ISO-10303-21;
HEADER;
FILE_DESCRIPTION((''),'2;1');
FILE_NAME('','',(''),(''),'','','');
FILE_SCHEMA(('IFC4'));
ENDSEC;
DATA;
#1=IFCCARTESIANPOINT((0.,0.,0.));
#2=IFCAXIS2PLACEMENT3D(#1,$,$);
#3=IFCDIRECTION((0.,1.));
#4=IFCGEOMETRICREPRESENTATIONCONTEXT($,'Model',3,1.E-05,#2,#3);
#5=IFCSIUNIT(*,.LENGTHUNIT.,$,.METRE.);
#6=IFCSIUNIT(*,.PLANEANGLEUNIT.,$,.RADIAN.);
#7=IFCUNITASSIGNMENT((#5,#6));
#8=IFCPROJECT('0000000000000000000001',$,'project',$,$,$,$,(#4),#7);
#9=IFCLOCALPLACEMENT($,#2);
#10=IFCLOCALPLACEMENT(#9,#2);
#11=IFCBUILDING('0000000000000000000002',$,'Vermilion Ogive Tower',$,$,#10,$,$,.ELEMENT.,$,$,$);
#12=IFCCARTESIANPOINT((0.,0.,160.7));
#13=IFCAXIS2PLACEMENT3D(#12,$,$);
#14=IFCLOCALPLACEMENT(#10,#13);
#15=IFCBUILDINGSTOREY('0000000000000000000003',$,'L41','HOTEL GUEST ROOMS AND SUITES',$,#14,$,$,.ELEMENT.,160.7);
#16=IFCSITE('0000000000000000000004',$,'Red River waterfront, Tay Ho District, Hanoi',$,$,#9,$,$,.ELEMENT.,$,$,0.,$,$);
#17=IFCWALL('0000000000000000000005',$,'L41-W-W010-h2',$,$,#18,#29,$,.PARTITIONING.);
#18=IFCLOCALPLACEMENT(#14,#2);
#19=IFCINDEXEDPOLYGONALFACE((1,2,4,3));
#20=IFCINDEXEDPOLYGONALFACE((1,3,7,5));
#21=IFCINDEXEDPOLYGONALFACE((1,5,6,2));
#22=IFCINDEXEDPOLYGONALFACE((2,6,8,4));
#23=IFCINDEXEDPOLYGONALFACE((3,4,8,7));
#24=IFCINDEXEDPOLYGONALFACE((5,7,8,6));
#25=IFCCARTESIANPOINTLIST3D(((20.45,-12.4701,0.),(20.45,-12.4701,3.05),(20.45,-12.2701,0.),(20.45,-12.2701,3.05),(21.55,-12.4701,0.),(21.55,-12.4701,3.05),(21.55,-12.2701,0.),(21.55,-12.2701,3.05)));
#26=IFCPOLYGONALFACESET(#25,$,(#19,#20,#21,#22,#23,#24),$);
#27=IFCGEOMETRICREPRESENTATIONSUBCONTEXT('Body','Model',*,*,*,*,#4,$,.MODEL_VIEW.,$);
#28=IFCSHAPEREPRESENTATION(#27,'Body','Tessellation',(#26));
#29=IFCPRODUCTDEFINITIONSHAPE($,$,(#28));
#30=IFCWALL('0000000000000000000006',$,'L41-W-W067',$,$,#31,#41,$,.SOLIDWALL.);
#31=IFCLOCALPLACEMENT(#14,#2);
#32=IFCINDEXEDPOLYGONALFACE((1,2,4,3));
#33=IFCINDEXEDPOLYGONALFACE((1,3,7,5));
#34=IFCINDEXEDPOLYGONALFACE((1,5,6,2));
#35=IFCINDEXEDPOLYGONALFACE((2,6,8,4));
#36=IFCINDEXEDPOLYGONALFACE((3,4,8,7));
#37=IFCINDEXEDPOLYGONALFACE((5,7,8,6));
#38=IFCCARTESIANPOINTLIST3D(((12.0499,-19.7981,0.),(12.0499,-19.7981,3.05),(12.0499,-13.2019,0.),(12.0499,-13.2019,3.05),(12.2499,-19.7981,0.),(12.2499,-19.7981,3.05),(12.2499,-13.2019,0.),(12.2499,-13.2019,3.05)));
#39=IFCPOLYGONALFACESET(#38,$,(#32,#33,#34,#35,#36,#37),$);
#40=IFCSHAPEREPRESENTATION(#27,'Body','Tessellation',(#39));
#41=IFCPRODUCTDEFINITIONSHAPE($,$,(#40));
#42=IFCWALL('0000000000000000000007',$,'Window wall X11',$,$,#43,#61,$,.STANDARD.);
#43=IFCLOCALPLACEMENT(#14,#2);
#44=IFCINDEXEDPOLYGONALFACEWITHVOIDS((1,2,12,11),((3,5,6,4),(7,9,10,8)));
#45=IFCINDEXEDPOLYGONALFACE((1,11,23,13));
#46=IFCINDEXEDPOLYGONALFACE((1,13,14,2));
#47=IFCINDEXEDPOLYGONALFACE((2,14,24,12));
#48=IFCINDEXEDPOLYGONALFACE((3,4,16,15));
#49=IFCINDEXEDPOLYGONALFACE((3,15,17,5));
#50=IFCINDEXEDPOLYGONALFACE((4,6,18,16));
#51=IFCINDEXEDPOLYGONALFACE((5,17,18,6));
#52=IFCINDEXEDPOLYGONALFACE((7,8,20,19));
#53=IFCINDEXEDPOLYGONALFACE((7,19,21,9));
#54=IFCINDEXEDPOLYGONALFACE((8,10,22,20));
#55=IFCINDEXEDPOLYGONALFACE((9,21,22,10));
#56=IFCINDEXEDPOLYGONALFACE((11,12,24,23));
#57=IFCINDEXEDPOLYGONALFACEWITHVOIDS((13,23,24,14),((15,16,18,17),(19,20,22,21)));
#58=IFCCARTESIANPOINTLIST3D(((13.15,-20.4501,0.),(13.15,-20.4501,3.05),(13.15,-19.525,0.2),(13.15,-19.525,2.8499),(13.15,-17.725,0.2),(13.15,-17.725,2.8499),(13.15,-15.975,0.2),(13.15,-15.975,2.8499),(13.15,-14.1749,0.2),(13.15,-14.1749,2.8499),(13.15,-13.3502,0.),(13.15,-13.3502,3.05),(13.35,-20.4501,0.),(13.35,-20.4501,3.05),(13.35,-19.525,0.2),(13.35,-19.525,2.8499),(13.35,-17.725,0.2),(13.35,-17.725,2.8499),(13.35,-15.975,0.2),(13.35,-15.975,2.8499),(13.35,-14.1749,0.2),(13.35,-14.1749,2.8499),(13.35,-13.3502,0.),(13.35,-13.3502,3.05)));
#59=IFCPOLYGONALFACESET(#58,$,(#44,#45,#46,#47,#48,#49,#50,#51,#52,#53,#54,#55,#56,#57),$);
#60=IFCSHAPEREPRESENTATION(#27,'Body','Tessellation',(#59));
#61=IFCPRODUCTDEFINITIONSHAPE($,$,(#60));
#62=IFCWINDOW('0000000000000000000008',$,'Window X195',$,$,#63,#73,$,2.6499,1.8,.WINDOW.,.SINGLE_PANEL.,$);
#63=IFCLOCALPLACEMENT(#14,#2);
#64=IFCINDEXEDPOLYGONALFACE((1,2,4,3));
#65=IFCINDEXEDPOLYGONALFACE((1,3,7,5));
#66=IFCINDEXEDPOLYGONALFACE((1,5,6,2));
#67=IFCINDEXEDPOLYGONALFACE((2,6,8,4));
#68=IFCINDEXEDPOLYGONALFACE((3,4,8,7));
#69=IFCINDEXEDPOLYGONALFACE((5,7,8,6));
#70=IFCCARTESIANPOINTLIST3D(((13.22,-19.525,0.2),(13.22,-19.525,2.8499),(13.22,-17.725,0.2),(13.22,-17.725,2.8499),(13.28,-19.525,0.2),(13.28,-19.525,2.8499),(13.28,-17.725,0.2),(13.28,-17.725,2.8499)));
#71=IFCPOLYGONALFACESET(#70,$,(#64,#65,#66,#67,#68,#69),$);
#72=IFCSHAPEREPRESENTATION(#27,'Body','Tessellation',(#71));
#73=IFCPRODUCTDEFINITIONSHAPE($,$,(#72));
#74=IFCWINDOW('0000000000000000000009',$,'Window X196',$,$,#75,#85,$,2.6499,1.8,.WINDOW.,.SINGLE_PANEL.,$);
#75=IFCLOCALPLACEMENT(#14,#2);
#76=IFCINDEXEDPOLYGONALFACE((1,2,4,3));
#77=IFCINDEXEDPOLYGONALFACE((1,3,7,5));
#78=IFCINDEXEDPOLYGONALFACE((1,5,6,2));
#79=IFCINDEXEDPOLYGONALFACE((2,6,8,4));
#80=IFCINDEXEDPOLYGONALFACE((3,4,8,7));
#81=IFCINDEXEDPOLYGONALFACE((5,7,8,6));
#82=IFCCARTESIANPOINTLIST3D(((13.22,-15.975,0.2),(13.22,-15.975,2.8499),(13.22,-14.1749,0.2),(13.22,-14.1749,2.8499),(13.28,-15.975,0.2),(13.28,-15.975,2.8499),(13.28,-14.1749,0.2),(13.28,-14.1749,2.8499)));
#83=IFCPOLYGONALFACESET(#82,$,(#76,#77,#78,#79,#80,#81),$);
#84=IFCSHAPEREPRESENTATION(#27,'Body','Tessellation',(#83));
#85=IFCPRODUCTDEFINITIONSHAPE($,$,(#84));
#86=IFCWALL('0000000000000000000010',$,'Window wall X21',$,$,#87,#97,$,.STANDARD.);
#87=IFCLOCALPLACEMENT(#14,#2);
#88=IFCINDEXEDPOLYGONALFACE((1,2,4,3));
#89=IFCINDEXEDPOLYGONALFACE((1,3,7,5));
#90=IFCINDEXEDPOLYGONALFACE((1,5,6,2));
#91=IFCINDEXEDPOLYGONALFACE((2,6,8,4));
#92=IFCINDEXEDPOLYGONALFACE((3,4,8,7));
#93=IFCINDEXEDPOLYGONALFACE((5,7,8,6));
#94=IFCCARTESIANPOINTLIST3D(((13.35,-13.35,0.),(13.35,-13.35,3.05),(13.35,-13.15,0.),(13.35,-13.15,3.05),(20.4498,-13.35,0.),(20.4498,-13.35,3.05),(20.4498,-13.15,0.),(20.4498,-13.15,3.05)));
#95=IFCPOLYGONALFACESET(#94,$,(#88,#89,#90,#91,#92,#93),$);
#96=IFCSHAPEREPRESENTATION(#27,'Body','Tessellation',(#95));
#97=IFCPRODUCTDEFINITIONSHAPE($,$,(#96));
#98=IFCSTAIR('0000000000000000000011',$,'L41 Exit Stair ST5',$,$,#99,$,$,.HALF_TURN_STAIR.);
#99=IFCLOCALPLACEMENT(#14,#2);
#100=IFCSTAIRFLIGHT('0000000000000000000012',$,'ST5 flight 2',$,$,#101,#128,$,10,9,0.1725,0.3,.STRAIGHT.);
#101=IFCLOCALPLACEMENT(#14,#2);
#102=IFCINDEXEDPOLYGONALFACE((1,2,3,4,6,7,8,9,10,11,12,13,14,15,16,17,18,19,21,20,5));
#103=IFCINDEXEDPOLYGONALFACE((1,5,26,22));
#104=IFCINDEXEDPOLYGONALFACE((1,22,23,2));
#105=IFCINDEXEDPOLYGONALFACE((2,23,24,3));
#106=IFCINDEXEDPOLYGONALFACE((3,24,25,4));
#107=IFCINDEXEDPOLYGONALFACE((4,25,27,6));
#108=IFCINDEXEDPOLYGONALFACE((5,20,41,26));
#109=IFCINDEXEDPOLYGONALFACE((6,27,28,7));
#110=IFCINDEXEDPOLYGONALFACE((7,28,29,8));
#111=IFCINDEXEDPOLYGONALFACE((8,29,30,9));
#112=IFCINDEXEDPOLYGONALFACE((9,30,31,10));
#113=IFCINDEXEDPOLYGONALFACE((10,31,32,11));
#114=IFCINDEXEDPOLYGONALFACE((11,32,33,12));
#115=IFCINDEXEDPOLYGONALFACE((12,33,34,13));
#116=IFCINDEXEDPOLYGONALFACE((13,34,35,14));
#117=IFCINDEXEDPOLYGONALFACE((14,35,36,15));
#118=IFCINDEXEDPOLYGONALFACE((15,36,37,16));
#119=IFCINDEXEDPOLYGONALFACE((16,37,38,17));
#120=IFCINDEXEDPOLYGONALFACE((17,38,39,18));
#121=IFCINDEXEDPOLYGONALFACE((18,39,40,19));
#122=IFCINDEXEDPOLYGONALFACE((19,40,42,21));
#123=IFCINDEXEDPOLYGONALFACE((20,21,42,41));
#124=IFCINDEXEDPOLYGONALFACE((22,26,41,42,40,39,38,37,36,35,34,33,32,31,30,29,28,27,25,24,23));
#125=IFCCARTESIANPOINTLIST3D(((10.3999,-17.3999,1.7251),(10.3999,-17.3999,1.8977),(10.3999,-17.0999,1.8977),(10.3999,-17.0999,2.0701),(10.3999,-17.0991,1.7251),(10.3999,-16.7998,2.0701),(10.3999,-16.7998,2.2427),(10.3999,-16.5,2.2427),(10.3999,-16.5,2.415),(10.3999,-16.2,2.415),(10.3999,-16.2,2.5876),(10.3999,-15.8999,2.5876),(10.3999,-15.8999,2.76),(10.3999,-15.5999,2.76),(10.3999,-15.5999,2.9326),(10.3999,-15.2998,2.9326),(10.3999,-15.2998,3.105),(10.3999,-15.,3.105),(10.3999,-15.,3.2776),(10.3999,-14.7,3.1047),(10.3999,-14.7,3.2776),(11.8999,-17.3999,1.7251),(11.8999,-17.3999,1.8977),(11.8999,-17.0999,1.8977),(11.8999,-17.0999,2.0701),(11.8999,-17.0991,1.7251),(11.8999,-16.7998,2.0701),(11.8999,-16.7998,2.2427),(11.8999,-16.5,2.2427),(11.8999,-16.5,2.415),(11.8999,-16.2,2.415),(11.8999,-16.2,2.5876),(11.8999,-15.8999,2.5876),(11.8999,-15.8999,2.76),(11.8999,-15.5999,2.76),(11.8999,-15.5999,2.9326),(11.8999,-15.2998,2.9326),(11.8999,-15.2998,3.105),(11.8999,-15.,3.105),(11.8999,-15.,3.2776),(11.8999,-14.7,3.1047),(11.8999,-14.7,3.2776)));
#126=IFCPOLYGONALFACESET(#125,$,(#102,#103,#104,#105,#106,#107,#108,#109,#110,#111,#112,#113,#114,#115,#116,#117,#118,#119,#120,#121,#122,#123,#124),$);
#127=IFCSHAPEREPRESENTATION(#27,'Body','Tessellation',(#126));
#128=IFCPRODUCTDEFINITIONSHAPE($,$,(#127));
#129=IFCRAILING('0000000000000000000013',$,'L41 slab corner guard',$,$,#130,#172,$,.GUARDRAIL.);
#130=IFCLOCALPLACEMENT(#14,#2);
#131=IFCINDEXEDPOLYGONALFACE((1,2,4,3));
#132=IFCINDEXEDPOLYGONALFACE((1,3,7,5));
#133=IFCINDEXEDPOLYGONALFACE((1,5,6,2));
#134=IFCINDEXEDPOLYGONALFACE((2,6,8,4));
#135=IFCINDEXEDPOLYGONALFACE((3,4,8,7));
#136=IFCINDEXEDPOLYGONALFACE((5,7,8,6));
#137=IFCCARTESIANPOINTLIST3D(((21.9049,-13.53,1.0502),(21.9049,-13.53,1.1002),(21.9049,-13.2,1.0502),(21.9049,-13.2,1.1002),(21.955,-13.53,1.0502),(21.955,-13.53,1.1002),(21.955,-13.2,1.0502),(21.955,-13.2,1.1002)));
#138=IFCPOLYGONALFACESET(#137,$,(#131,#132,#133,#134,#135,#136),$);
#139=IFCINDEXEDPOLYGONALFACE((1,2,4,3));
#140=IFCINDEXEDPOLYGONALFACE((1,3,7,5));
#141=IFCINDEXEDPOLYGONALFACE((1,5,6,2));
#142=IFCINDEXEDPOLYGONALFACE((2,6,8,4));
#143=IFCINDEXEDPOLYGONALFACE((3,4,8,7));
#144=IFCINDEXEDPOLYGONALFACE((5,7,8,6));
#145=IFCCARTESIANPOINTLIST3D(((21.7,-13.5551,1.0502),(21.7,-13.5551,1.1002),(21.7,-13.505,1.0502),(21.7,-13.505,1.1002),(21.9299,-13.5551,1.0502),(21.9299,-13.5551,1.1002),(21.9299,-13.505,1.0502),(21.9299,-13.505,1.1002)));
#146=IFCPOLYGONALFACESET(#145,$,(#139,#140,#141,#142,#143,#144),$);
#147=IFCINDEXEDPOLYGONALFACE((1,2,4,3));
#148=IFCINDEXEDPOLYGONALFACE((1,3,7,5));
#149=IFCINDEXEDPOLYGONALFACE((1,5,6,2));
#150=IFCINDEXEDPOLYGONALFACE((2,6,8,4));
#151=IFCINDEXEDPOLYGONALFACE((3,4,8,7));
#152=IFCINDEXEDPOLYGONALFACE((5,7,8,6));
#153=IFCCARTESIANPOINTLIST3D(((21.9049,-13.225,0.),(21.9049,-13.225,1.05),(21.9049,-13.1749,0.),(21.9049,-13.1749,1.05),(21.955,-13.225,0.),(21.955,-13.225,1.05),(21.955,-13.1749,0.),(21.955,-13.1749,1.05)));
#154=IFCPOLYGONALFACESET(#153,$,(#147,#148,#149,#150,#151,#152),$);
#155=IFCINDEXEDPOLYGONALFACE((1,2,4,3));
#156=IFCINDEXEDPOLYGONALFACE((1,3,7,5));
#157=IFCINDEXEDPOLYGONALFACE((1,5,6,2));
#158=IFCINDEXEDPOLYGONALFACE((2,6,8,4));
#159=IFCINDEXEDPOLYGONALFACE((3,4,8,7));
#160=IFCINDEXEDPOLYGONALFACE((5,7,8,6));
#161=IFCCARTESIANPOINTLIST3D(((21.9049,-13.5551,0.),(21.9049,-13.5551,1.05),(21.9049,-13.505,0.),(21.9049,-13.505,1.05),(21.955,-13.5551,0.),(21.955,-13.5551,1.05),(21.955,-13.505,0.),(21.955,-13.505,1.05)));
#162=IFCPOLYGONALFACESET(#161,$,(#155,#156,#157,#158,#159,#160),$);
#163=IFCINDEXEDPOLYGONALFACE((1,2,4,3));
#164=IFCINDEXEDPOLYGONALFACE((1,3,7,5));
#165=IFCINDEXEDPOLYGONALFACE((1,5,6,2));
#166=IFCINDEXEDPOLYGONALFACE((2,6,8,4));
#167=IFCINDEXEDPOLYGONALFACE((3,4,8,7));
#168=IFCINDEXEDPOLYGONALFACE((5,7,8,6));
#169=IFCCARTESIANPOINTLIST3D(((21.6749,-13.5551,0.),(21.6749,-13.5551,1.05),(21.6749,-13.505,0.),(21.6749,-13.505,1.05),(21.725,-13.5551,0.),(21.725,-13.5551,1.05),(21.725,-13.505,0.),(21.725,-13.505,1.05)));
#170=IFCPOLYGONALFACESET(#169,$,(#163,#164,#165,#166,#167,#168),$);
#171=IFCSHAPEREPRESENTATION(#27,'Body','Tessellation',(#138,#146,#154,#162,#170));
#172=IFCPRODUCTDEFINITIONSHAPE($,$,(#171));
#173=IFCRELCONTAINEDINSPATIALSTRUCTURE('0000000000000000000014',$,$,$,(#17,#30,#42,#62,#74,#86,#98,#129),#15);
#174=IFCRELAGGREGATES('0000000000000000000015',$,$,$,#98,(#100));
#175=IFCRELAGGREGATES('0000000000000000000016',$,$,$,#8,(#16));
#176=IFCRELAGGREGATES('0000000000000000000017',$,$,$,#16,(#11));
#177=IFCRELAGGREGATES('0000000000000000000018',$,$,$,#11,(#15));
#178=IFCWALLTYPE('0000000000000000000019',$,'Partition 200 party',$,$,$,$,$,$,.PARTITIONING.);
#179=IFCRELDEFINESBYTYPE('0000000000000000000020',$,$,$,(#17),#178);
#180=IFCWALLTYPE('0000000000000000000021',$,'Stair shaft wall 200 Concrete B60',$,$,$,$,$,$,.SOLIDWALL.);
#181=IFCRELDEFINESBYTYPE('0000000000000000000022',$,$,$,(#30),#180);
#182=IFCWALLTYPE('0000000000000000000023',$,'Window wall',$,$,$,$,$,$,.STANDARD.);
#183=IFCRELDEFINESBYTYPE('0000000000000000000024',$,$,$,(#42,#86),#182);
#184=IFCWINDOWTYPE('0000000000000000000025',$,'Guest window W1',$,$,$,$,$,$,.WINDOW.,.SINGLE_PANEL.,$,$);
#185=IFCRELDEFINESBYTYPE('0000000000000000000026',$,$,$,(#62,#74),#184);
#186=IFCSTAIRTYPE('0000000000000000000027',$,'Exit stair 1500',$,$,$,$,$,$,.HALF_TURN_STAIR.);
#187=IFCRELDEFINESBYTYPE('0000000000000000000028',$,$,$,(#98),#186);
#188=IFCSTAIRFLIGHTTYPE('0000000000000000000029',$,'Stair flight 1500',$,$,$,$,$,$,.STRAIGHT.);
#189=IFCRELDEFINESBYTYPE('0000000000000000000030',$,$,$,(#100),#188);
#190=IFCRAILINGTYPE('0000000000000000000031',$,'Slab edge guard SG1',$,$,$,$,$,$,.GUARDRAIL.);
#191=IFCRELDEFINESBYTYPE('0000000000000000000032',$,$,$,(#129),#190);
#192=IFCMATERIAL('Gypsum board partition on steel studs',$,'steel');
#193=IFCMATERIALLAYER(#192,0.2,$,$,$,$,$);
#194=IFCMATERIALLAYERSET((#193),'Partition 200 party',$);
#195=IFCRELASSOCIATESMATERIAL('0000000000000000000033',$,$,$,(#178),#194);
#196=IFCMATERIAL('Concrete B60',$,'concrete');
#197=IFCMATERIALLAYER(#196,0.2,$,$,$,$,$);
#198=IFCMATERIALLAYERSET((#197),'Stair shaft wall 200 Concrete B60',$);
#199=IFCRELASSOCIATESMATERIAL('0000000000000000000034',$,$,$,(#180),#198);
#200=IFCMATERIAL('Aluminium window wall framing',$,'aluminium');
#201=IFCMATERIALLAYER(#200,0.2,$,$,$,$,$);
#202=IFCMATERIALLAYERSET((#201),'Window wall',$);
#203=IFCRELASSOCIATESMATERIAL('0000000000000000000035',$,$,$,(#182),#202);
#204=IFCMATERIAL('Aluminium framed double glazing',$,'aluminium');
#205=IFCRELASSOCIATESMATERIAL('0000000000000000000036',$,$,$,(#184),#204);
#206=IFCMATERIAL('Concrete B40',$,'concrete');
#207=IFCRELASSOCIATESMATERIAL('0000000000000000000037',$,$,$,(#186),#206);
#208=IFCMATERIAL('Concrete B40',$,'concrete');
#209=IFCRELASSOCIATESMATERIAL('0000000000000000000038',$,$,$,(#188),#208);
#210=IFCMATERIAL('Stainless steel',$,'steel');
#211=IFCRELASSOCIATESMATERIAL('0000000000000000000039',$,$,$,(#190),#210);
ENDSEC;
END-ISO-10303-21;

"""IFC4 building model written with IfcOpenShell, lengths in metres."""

from ifc_helpers import new_model, si_unit, direction, frame, frame_2d, origin, origin_2d, place, context, subcontext, project, spatial, polyline, rectangle, outline, extrude, material, layer, layer_set, type_object, element, fill, aggregate, save


model = new_model("IFC4")

# Units and contexts
model_context = context("Model", 3, precision=1e-05, world=origin(), true_north=direction((0.0, 1.0)))
body_context = subcontext(model_context, "Body", "Model", "MODEL_VIEW")
ifc_project = project(units=[si_unit("LENGTHUNIT", "METRE"), si_unit("PLANEANGLEUNIT", "RADIAN")], contexts=[model_context])

# Site, building, storey
site_placement = place(None, origin())
site = spatial("IfcSite", under=ifc_project, at=site_placement, Name="Red River waterfront, Tay Ho District, Hanoi", CompositionType="ELEMENT", RefElevation=0.0)
building_placement = place(site_placement, origin())
building = spatial("IfcBuilding", under=site, at=building_placement, Name="Vermilion Ogive Tower", CompositionType="ELEMENT")
storey_placement = place(building_placement, frame((0.0, 0.0, 160.7)))
storey = spatial("IfcBuildingStorey", under=building, at=storey_placement, Name="L41", Description="HOTEL GUEST ROOMS AND SUITES", CompositionType="ELEMENT", Elevation=160.7)

# Walls
ifc_material_1 = material(Name="Gypsum board partition on steel studs", Category="steel")
ifc_layer_1 = layer(ifc_material_1, 0.2)
ifc_layer_set_1 = layer_set([ifc_layer_1], Name="Partition 200 party")
wall_type_1 = type_object("IfcWallType", Name="Partition 200 party", PredefinedType="PARTITIONING", material=ifc_layer_set_1)
wall_1_placement = place(storey_placement, frame((20.45, -12.3701, 0.0), z_axis=(0.0, 0.0, 1.0), x_axis=(1.0, 0.0, 0.0)))
element("IfcWall", 1, at=wall_1_placement, inside=storey, type_object=wall_type_1, Name="L41-W-W010-h2", PredefinedType="PARTITIONING", context=body_context, shape_type="SweptSolid", body=[
    extrude(rectangle(XDim=1.1001, YDim=0.2, at=frame_2d((0.55, 0.0))), origin(), (0.0, 0.0, 1.0), 3.05),
])
ifc_material_2 = material(Name="Concrete B60", Category="concrete")
ifc_layer_2 = layer(ifc_material_2, 0.2)
ifc_layer_set_2 = layer_set([ifc_layer_2], Name="Stair shaft wall 200 Concrete B60")
wall_type_2 = type_object("IfcWallType", Name="Stair shaft wall 200 Concrete B60", PredefinedType="SOLIDWALL", material=ifc_layer_set_2)
wall_2_placement = place(storey_placement, frame((12.1499, -19.7981, 0.0), z_axis=(0.0, 0.0, 1.0), x_axis=(0.0, 1.0, 0.0)))
element("IfcWall", 2, at=wall_2_placement, inside=storey, type_object=wall_type_2, Name="L41-W-W067", PredefinedType="SOLIDWALL", context=body_context, shape_type="SweptSolid", body=[
    extrude(rectangle(XDim=6.5962, YDim=0.2, at=frame_2d((3.2981, 0.0))), origin(), (0.0, 0.0, 1.0), 3.05),
])

# Wall, openings, windows
ifc_material_3 = material(Name="Aluminium window wall framing", Category="aluminium")
ifc_layer_3 = layer(ifc_material_3, 0.2)
ifc_layer_set_3 = layer_set([ifc_layer_3], Name="Window wall")
wall_type_3 = type_object("IfcWallType", Name="Window wall", PredefinedType="STANDARD", material=ifc_layer_set_3)
wall_3_placement = place(storey_placement, frame((13.25, -20.45, 0.0), z_axis=(0.0, 0.0, 1.0), x_axis=(0.0, 1.0, 0.0)))
wall_3 = element("IfcWall", 3, at=wall_3_placement, inside=storey, type_object=wall_type_3, Name="Window wall X11", PredefinedType="STANDARD", context=body_context, shape_type="SweptSolid", body=[
    extrude(rectangle(XDim=7.0999, YDim=0.2, at=frame_2d((3.5498, 0.0))), origin(), (0.0, 0.0, 1.0), 3.05),
])
opening_1_placement = place(wall_3_placement, frame((0.925, 0.0, 0.2)))
opening_1 = element("IfcOpeningElement", 4, at=opening_1_placement, cuts=wall_3, PredefinedType="OPENING", context=body_context, shape_type="SweptSolid", body=[
    extrude(rectangle(XDim=1.8, YDim=2.6499, at=frame_2d((0.8999, 1.325))), frame((0.0, 0.1099, 0.0), z_axis=(0.0, -1.0, 0.0), x_axis=(1.0, 0.0, 0.0)), (0.0, 0.0, 1.0), 0.22),
])
opening_2_placement = place(wall_3_placement, frame((4.4751, 0.0, 0.2)))
opening_2 = element("IfcOpeningElement", 5, at=opening_2_placement, cuts=wall_3, PredefinedType="OPENING", context=body_context, shape_type="SweptSolid", body=[
    extrude(rectangle(XDim=1.8, YDim=2.6499, at=frame_2d((0.8999, 1.325))), frame((0.0, 0.1099, 0.0), z_axis=(0.0, -1.0, 0.0), x_axis=(1.0, 0.0, 0.0)), (0.0, 0.0, 1.0), 0.22),
])
ifc_material_4 = material(Name="Aluminium framed double glazing", Category="aluminium")
window_type = type_object("IfcWindowType", Name="Guest window W1", PartitioningType="SINGLE_PANEL", PredefinedType="WINDOW", material=ifc_material_4)
window_1_placement = place(opening_1_placement, origin())
window_1 = element("IfcWindow", 6, at=window_1_placement, inside=storey, type_object=window_type, Name="Window X195", OverallHeight=2.6499, OverallWidth=1.8, PartitioningType="SINGLE_PANEL", PredefinedType="WINDOW", context=body_context, shape_type="SweptSolid", body=[
    extrude(rectangle(XDim=1.8, YDim=2.6499, at=frame_2d((0.8999, 1.325))), frame((0.0, 0.03, 0.0), z_axis=(0.0, -1.0, 0.0), x_axis=(1.0, 0.0, 0.0)), (0.0, 0.0, 1.0), 0.0601),
])
fill(opening_1, window_1)
window_2_placement = place(opening_2_placement, origin())
window_2 = element("IfcWindow", 7, at=window_2_placement, inside=storey, type_object=window_type, Name="Window X196", OverallHeight=2.6499, OverallWidth=1.8, PartitioningType="SINGLE_PANEL", PredefinedType="WINDOW", context=body_context, shape_type="SweptSolid", body=[
    extrude(rectangle(XDim=1.8, YDim=2.6499, at=frame_2d((0.8999, 1.325))), frame((0.0, 0.03, 0.0), z_axis=(0.0, -1.0, 0.0), x_axis=(1.0, 0.0, 0.0)), (0.0, 0.0, 1.0), 0.0601),
])
fill(opening_2, window_2)

# Wall
wall_4_placement = place(storey_placement, frame((13.3501, -13.25, 0.0), z_axis=(0.0, 0.0, 1.0), x_axis=(1.0, 0.0, 0.0)))
element("IfcWall", 8, at=wall_4_placement, inside=storey, type_object=wall_type_3, Name="Window wall X21", PredefinedType="STANDARD", context=body_context, shape_type="SweptSolid", body=[
    extrude(rectangle(XDim=7.0999, YDim=0.2, at=frame_2d((3.5498, 0.0))), origin(), (0.0, 0.0, 1.0), 3.05),
])

# Stair, stair flight
ifc_material_5 = material(Name="Concrete B40", Category="concrete")
stair_type = type_object("IfcStairType", Name="Exit stair 1500", PredefinedType="HALF_TURN_STAIR", material=ifc_material_5)
stair_placement = place(storey_placement, origin())
stair = element("IfcStair", 9, at=stair_placement, inside=storey, type_object=stair_type, Name="L41 Exit Stair ST5", PredefinedType="HALF_TURN_STAIR")
ifc_material_6 = material(Name="Concrete B40", Category="concrete")
stair_flight_type = type_object("IfcStairFlightType", Name="Stair flight 1500", PredefinedType="STRAIGHT", material=ifc_material_6)
stair_flight_placement = place(storey_placement, frame((11.1499, -17.3999, 1.7251), z_axis=(0.0, 0.0, 1.0), x_axis=(0.0, 1.0, 0.0)))
stair_flight = element("IfcStairFlight", 10, at=stair_flight_placement, type_object=stair_flight_type, Name="ST5 flight 2", NumberOfRisers=10, NumberOfTreads=9, PredefinedType="STRAIGHT", RiserHeight=0.1725, TreadLength=0.3, context=body_context, shape_type="SweptSolid", body=[
    extrude(outline(polyline([(0.0, 0.0), (0.0, 0.1726), (0.3, 0.1726), (0.3, 0.345), (0.6001, 0.345), (0.6001, 0.5176), (0.8999, 0.5176), (0.8999, 0.6899), (1.2, 0.6899), (1.2, 0.8625), (1.5, 0.8625), (1.5, 1.0349), (1.8, 1.0349), (1.8, 1.2075), (2.1001, 1.2075), (2.1001, 1.3799), (2.3999, 1.3799), (2.3999, 1.5525), (2.7, 1.5525), (2.7, 1.7251), (2.7, 1.3796), (0.3008, 0.0), (0.0, 0.0)])), frame((0.0, 0.75, 0.0), z_axis=(0.0, -1.0, 0.0), x_axis=(1.0, 0.0, 0.0)), (0.0, 0.0, 1.0), 1.5),
])
aggregate(stair, [stair_flight])

# Railing
ifc_material_7 = material(Name="Stainless steel", Category="steel")
railing_type_1 = type_object("IfcRailingType", Name="Slab edge guard SG1", PredefinedType="GUARDRAIL", material=ifc_material_7)
railing_1_placement = place(storey_placement, frame((21.9299, -13.2, 0.0)))
element("IfcRailing", 11, at=railing_1_placement, inside=storey, type_object=railing_type_1, Name="L41 slab corner guard", PredefinedType="GUARDRAIL", context=body_context, shape_type="SweptSolid", body=[
    extrude(rectangle(XDim=0.05, YDim=0.05, at=origin_2d()), frame((0.0, 0.0, 1.0752), z_axis=(0.0, -1.0, 0.0), x_axis=(1.0, 0.0, 0.0)), (0.0, 0.0, 1.0), 0.3301),
    extrude(rectangle(XDim=0.05, YDim=0.05, at=origin_2d()), frame((0.0, -0.3301, 1.0752), z_axis=(-1.0, 0.0, 0.0), x_axis=(0.0, -1.0, 0.0)), (0.0, 0.0, 1.0), 0.23),
    extrude(rectangle(XDim=0.05, YDim=0.05, at=origin_2d()), origin(), (0.0, 0.0, 1.0), 1.05),
    extrude(rectangle(XDim=0.05, YDim=0.05, at=origin_2d()), frame((0.0, -0.3301, 0.0)), (0.0, 0.0, 1.0), 1.05),
    extrude(rectangle(XDim=0.05, YDim=0.05, at=origin_2d()), frame((-0.23, -0.3301, 0.0)), (0.0, 0.0, 1.0), 1.05),
])

save(model, "model.ifc")
